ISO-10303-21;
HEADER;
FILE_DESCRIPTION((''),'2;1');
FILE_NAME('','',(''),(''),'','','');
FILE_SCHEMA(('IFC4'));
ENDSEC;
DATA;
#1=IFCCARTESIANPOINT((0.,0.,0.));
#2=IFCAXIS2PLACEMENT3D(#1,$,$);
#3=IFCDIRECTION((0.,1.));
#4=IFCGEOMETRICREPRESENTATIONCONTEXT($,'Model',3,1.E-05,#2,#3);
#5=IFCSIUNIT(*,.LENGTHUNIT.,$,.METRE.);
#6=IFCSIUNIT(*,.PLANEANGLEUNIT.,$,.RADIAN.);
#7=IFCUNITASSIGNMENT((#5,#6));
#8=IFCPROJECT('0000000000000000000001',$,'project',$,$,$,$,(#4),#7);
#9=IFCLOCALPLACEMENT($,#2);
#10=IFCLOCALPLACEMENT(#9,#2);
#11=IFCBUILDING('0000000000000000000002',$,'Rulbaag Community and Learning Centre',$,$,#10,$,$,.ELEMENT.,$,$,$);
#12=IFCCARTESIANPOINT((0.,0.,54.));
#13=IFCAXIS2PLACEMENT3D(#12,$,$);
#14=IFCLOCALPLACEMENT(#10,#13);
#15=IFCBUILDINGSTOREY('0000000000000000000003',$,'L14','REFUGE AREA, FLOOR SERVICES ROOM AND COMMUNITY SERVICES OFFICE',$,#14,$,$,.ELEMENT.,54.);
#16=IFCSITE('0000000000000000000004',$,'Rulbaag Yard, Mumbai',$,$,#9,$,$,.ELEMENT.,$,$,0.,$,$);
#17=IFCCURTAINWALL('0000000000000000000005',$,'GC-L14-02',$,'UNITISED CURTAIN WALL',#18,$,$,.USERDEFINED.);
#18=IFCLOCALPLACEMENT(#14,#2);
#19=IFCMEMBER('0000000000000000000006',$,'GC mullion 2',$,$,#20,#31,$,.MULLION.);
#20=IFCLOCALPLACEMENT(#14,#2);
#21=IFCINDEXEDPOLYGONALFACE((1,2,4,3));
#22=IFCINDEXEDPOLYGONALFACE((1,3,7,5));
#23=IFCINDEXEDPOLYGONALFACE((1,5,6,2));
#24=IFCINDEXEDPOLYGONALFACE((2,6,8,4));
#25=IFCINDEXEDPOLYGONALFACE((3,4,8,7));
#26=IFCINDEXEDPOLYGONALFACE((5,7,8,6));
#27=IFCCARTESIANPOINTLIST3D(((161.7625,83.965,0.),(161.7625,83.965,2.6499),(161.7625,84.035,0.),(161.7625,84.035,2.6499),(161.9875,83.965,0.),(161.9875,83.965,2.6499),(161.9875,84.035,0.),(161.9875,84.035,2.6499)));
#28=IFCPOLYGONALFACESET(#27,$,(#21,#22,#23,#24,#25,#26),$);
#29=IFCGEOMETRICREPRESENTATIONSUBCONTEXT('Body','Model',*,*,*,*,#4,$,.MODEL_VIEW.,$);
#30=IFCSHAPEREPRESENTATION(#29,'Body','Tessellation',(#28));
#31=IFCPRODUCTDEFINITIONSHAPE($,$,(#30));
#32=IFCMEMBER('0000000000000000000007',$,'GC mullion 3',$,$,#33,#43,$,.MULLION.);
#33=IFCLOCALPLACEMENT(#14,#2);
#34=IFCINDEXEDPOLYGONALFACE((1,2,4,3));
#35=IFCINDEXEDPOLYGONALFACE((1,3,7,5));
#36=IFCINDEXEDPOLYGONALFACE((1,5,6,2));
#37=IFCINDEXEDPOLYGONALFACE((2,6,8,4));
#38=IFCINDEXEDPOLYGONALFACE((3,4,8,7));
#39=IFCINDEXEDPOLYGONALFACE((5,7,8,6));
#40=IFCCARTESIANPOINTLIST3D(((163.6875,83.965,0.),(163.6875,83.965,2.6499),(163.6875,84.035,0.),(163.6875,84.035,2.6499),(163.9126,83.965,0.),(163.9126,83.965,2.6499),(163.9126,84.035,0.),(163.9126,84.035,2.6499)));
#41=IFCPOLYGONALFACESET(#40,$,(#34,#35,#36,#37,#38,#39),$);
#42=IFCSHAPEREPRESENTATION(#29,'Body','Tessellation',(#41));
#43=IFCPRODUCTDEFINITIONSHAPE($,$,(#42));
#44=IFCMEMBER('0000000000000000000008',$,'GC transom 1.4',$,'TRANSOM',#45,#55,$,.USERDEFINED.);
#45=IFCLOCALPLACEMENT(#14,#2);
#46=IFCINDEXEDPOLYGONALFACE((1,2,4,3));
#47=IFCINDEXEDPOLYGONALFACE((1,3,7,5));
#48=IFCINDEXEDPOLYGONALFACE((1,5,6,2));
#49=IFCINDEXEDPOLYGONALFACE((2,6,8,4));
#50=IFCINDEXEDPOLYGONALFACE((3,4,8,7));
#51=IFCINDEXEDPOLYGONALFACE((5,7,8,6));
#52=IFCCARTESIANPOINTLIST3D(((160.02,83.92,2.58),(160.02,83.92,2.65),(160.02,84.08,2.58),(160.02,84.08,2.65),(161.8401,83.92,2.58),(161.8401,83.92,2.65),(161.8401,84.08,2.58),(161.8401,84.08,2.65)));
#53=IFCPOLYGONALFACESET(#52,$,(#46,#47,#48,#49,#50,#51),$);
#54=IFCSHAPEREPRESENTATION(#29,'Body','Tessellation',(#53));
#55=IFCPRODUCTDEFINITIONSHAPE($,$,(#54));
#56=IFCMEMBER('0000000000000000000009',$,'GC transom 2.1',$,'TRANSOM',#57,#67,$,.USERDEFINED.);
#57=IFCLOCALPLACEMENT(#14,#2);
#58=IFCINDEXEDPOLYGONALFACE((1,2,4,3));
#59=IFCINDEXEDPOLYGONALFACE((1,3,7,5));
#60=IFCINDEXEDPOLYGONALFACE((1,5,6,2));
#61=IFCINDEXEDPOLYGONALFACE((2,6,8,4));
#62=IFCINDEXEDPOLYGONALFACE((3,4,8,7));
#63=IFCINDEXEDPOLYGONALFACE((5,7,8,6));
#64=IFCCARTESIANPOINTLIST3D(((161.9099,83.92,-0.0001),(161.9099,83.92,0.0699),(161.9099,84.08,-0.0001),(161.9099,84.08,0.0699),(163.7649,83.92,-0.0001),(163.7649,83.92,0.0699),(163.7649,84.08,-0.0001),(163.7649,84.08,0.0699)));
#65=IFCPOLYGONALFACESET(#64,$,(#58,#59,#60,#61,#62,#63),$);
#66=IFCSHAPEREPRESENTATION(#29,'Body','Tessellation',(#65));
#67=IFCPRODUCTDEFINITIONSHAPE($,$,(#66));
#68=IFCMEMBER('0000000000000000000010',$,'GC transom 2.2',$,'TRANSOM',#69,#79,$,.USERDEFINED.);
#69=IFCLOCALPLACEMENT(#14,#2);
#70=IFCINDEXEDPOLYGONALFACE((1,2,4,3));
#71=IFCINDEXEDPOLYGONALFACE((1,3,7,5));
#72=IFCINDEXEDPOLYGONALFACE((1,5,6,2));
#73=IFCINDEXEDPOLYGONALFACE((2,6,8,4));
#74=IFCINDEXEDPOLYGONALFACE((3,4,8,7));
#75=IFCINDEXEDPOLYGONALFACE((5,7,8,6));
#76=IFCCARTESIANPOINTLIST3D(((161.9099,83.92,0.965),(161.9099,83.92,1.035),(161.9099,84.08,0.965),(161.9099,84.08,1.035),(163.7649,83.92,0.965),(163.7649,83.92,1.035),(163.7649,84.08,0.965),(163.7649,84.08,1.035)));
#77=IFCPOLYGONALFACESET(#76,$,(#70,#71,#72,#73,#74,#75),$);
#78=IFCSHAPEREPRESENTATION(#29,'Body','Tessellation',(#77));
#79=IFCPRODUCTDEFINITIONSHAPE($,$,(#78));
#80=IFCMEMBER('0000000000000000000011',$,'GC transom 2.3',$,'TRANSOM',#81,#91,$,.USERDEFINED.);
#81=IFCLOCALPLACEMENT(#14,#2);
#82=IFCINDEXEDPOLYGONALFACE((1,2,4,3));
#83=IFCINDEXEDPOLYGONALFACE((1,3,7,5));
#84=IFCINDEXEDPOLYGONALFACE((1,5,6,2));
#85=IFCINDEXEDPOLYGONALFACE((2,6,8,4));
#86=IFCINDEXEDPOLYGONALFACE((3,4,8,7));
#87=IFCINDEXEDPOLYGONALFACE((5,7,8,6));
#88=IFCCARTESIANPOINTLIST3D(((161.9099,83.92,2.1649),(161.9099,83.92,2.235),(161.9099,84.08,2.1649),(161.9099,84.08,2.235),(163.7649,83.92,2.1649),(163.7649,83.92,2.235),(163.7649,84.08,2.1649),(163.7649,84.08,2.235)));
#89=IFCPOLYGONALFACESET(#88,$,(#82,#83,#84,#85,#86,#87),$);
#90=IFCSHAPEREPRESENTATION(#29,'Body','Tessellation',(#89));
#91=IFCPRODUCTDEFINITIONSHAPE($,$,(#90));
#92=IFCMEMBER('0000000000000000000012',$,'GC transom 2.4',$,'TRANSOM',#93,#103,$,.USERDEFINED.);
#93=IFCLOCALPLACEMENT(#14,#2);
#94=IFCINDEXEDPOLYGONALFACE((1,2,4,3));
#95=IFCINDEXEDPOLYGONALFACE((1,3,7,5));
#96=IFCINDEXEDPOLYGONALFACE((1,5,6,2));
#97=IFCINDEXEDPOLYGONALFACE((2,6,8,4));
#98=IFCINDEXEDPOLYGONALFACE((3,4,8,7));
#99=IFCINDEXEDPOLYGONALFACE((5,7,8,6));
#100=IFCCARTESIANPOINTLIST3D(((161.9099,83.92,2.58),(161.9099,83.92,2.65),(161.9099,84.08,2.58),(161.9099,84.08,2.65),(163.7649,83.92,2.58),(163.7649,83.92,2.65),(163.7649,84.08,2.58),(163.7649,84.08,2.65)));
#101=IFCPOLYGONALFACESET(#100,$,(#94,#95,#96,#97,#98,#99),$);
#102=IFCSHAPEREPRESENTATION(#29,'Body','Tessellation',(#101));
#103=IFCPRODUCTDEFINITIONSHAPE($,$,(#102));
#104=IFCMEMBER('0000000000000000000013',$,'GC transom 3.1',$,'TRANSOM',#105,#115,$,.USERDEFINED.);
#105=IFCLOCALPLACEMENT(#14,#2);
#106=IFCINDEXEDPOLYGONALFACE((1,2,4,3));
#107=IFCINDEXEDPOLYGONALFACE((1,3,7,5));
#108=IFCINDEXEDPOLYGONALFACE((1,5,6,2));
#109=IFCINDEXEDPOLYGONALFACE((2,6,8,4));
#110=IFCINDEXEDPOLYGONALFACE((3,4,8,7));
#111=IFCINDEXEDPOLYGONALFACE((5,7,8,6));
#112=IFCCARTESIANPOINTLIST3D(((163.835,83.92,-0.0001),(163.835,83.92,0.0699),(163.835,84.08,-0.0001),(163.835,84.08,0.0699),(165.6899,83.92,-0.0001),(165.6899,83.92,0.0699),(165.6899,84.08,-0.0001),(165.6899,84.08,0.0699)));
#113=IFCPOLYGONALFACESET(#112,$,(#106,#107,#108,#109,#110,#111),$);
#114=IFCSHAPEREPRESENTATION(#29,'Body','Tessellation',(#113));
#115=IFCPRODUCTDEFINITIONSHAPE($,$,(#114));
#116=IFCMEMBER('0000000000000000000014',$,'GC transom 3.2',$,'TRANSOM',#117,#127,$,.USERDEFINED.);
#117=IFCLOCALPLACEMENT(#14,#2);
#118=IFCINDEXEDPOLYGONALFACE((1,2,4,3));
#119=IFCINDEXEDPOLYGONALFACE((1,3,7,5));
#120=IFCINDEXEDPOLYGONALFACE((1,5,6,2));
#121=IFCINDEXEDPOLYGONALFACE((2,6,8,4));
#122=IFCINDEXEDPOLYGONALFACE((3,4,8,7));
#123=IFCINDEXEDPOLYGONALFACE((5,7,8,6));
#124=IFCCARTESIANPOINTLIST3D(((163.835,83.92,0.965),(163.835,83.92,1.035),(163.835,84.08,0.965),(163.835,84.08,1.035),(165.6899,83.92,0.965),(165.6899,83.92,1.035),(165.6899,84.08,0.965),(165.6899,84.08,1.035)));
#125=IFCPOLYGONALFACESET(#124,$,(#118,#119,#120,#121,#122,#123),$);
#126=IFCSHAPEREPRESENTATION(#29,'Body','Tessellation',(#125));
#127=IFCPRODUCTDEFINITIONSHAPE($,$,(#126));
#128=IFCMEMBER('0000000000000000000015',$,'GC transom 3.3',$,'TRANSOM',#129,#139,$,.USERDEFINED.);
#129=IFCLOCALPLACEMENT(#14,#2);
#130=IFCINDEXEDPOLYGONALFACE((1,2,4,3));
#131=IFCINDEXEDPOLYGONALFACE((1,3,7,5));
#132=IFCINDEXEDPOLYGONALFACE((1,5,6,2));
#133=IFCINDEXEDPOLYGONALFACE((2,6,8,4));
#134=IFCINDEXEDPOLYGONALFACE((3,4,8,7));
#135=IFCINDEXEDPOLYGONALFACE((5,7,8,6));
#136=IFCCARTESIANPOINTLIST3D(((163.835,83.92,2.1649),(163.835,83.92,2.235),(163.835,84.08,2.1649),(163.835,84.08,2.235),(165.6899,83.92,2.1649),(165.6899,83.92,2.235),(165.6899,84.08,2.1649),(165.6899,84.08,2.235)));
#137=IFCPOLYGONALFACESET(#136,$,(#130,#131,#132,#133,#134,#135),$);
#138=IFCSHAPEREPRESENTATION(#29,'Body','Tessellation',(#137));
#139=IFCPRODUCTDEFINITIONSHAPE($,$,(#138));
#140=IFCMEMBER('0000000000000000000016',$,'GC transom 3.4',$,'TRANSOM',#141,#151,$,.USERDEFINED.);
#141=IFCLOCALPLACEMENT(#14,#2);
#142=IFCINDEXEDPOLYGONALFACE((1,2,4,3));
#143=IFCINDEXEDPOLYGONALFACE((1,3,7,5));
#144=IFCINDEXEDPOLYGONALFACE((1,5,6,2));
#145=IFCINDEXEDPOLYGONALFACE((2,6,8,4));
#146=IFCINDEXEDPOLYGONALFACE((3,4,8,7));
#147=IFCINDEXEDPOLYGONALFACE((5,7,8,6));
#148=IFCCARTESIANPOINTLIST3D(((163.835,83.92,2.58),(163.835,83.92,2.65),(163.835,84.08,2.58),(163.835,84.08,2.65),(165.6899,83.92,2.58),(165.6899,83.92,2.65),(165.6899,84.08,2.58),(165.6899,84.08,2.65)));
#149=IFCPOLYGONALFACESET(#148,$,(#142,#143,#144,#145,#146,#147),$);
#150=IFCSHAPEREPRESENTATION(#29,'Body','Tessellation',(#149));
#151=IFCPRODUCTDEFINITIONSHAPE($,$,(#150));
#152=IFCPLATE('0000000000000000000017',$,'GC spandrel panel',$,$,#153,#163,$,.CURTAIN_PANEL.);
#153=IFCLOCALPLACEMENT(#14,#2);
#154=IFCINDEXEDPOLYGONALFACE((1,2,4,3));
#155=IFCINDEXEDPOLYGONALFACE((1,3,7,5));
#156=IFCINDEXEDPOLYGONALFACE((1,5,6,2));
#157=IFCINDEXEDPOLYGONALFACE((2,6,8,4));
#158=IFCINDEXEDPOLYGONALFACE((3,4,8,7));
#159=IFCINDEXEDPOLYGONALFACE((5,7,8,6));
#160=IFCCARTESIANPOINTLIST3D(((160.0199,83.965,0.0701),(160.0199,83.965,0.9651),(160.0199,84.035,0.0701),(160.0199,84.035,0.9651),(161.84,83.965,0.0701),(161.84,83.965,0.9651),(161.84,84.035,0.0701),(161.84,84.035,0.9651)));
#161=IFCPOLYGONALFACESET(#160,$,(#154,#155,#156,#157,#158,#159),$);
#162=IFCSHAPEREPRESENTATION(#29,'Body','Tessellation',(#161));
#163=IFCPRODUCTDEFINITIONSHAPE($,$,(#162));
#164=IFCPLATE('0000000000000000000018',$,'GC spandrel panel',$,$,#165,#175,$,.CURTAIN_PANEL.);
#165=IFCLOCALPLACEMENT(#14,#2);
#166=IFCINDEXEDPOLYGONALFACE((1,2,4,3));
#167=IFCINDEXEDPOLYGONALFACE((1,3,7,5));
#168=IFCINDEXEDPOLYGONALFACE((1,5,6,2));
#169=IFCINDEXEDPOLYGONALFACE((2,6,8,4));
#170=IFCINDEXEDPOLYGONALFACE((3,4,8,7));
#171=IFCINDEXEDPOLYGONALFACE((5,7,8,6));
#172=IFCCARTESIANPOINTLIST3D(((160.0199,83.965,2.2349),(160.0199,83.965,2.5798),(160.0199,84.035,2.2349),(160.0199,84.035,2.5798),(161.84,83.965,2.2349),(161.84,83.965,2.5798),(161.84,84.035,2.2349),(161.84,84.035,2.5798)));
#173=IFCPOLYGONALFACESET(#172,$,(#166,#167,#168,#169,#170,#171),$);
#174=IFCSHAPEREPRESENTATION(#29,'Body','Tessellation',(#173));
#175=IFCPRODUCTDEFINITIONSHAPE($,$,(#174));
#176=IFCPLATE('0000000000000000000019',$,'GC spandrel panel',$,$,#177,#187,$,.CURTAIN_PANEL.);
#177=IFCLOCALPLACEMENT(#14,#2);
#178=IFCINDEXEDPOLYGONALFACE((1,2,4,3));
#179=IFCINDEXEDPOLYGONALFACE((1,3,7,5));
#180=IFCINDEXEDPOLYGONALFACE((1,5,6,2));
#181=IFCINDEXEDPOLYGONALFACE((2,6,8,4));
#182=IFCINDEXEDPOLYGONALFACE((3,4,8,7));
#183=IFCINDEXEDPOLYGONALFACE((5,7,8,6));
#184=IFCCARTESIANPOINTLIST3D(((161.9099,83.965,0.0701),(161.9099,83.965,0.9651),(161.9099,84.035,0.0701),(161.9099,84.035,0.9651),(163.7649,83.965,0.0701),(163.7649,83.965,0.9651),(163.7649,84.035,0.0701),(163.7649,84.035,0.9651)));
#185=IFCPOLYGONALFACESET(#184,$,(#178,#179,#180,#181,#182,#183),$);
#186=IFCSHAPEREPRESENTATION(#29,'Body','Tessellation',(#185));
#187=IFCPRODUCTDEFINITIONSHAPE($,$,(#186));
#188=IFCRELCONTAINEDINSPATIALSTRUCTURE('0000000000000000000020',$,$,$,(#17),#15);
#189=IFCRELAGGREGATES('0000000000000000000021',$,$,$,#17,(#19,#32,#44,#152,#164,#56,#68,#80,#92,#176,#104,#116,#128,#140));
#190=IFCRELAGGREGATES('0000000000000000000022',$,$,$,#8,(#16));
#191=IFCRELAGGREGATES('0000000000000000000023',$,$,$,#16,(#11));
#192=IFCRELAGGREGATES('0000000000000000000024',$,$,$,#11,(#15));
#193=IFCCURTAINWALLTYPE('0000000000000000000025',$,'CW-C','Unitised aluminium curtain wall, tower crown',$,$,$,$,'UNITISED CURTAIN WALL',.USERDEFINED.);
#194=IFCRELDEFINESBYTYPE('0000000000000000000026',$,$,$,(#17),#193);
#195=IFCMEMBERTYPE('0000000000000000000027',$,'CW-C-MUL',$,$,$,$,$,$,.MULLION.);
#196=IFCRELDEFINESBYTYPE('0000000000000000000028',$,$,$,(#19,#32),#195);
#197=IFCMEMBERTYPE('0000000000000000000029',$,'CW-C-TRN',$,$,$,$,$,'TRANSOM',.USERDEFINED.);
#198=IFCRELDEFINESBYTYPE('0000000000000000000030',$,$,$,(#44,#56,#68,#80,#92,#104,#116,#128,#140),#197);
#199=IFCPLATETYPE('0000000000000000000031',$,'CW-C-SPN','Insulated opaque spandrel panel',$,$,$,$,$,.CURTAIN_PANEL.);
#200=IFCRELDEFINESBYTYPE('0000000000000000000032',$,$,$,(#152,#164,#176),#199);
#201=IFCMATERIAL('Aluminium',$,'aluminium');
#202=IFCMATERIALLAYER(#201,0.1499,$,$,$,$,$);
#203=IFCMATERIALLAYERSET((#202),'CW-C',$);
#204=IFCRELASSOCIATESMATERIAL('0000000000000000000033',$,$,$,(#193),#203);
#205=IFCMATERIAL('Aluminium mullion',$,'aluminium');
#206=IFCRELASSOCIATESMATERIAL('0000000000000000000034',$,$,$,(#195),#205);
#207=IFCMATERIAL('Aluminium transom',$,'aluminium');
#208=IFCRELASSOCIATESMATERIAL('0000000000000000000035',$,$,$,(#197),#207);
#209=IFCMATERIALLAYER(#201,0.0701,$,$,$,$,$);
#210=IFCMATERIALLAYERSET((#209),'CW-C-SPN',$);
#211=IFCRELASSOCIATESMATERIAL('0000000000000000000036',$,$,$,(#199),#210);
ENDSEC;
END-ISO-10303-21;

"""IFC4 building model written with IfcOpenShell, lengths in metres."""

from ifc_helpers import new_model, si_unit, direction, frame, origin, origin_2d, place, context, subcontext, project, spatial, rectangle, extrude, material, layer, layer_set, material_profile, profile_set, type_object, element, aggregate, save


model = new_model("IFC4")

# Units and contexts
model_context = context("Model", 3, precision=1e-05, world=origin(), true_north=direction((0.0, 1.0)))
body_context = subcontext(model_context, "Body", "Model", "MODEL_VIEW")
ifc_project = project(units=[si_unit("LENGTHUNIT", "METRE"), si_unit("PLANEANGLEUNIT", "RADIAN")], contexts=[model_context])

# Site, building, storey
site_placement = place(None, origin())
site = spatial("IfcSite", under=ifc_project, at=site_placement, Name="Rulbaag Yard, Mumbai", CompositionType="ELEMENT", RefElevation=0.0)
building_placement = place(site_placement, origin())
building = spatial("IfcBuilding", under=site, at=building_placement, Name="Rulbaag Community and Learning Centre", CompositionType="ELEMENT")
storey_placement = place(building_placement, frame((0.0, 0.0, 54.0)))
storey = spatial("IfcBuildingStorey", under=building, at=storey_placement, Name="L14", Description="REFUGE AREA, FLOOR SERVICES ROOM AND COMMUNITY SERVICES OFFICE", CompositionType="ELEMENT", Elevation=54.0)

# Curtain wall, members, plates
ifc_material_1 = material(Name="Aluminium", Category="aluminium")
ifc_layer_1 = layer(ifc_material_1, 0.1499)
ifc_layer_set_1 = layer_set([ifc_layer_1], Name="CW-C")
curtain_wall_type = type_object("IfcCurtainWallType", Name="CW-C", Description="Unitised aluminium curtain wall, tower crown", ElementType="UNITISED CURTAIN WALL", PredefinedType="USERDEFINED", material=ifc_layer_set_1)
curtain_wall_placement = place(storey_placement, origin())
curtain_wall = element("IfcCurtainWall", 1, at=curtain_wall_placement, inside=storey, type_object=curtain_wall_type, Name="GC-L14-02", ObjectType="UNITISED CURTAIN WALL", PredefinedType="USERDEFINED")
ifc_material_2 = material(Name="Aluminium mullion", Category="aluminium")
ifc_material_profile_1 = material_profile(ifc_material_2, rectangle(XDim=0.0701, YDim=0.2251, at=origin_2d()), Name="AL 70x225")
ifc_profile_set_1 = profile_set([ifc_material_profile_1], Name="Aluminium mullion")
member_type_1 = type_object("IfcMemberType", Name="CW-C-MUL", PredefinedType="MULLION", material=ifc_profile_set_1)
member_1_placement = place(storey_placement, frame((161.875, 84.0, 0.0), z_axis=(0.0, 0.0, 1.0), x_axis=(0.0, 1.0, 0.0)))
member_1 = element("IfcMember", 2, at=member_1_placement, type_object=member_type_1, Name="GC mullion 2", PredefinedType="MULLION", context=body_context, shape_type="SweptSolid", body=[
    extrude(rectangle(XDim=0.0701, YDim=0.2251, at=origin_2d()), origin(), (0.0, 0.0, 1.0), 2.6499),
])
member_2_placement = place(storey_placement, frame((163.8, 84.0, 0.0), z_axis=(0.0, 0.0, 1.0), x_axis=(0.0, 1.0, 0.0)))
member_2 = element("IfcMember", 3, at=member_2_placement, type_object=member_type_1, Name="GC mullion 3", PredefinedType="MULLION", context=body_context, shape_type="SweptSolid", body=[
    extrude(rectangle(XDim=0.0701, YDim=0.2251, at=origin_2d()), origin(), (0.0, 0.0, 1.0), 2.6499),
])
ifc_material_3 = material(Name="Aluminium transom", Category="aluminium")
ifc_material_profile_2 = material_profile(ifc_material_3, rectangle(XDim=0.1599, YDim=0.0701, at=origin_2d()), Name="AL 70x160 T")
ifc_profile_set_2 = profile_set([ifc_material_profile_2], Name="Aluminium transom")
member_type_2 = type_object("IfcMemberType", Name="CW-C-TRN", ElementType="TRANSOM", PredefinedType="USERDEFINED", material=ifc_profile_set_2)
member_3_placement = place(storey_placement, frame((160.02, 84.0, 2.615), z_axis=(1.0, 0.0, 0.0), x_axis=(0.0, 1.0, 0.0)))
member_3 = element("IfcMember", 4, at=member_3_placement, type_object=member_type_2, Name="GC transom 1.4", ObjectType="TRANSOM", PredefinedType="USERDEFINED", context=body_context, shape_type="SweptSolid", body=[
    extrude(rectangle(XDim=0.1599, YDim=0.0701, at=origin_2d()), origin(), (0.0, 0.0, 1.0), 1.8201),
])
member_4_placement = place(storey_placement, frame((161.9099, 84.0, 0.0349), z_axis=(1.0, 0.0, 0.0), x_axis=(0.0, 1.0, 0.0)))
member_4 = element("IfcMember", 5, at=member_4_placement, type_object=member_type_2, Name="GC transom 2.1", ObjectType="TRANSOM", PredefinedType="USERDEFINED", context=body_context, shape_type="SweptSolid", body=[
    extrude(rectangle(XDim=0.1599, YDim=0.0701, at=origin_2d()), origin(), (0.0, 0.0, 1.0), 1.855),
])
member_5_placement = place(storey_placement, frame((161.9099, 84.0, 1.0), z_axis=(1.0, 0.0, 0.0), x_axis=(0.0, 1.0, 0.0)))
member_5 = element("IfcMember", 6, at=member_5_placement, type_object=member_type_2, Name="GC transom 2.2", ObjectType="TRANSOM", PredefinedType="USERDEFINED", context=body_context, shape_type="SweptSolid", body=[
    extrude(rectangle(XDim=0.1599, YDim=0.0701, at=origin_2d()), origin(), (0.0, 0.0, 1.0), 1.855),
])
member_6_placement = place(storey_placement, frame((161.9099, 84.0, 2.2), z_axis=(1.0, 0.0, 0.0), x_axis=(0.0, 1.0, 0.0)))
member_6 = element("IfcMember", 7, at=member_6_placement, type_object=member_type_2, Name="GC transom 2.3", ObjectType="TRANSOM", PredefinedType="USERDEFINED", context=body_context, shape_type="SweptSolid", body=[
    extrude(rectangle(XDim=0.1599, YDim=0.0701, at=origin_2d()), origin(), (0.0, 0.0, 1.0), 1.855),
])
member_7_placement = place(storey_placement, frame((161.9099, 84.0, 2.615), z_axis=(1.0, 0.0, 0.0), x_axis=(0.0, 1.0, 0.0)))
member_7 = element("IfcMember", 8, at=member_7_placement, type_object=member_type_2, Name="GC transom 2.4", ObjectType="TRANSOM", PredefinedType="USERDEFINED", context=body_context, shape_type="SweptSolid", body=[
    extrude(rectangle(XDim=0.1599, YDim=0.0701, at=origin_2d()), origin(), (0.0, 0.0, 1.0), 1.855),
])
member_8_placement = place(storey_placement, frame((163.835, 84.0, 0.0349), z_axis=(1.0, 0.0, 0.0), x_axis=(0.0, 1.0, 0.0)))
member_8 = element("IfcMember", 9, at=member_8_placement, type_object=member_type_2, Name="GC transom 3.1", ObjectType="TRANSOM", PredefinedType="USERDEFINED", context=body_context, shape_type="SweptSolid", body=[
    extrude(rectangle(XDim=0.1599, YDim=0.0701, at=origin_2d()), origin(), (0.0, 0.0, 1.0), 1.855),
])
member_9_placement = place(storey_placement, frame((163.835, 84.0, 1.0), z_axis=(1.0, 0.0, 0.0), x_axis=(0.0, 1.0, 0.0)))
member_9 = element("IfcMember", 10, at=member_9_placement, type_object=member_type_2, Name="GC transom 3.2", ObjectType="TRANSOM", PredefinedType="USERDEFINED", context=body_context, shape_type="SweptSolid", body=[
    extrude(rectangle(XDim=0.1599, YDim=0.0701, at=origin_2d()), origin(), (0.0, 0.0, 1.0), 1.855),
])
member_10_placement = place(storey_placement, frame((163.835, 84.0, 2.2), z_axis=(1.0, 0.0, 0.0), x_axis=(0.0, 1.0, 0.0)))
member_10 = element("IfcMember", 11, at=member_10_placement, type_object=member_type_2, Name="GC transom 3.3", ObjectType="TRANSOM", PredefinedType="USERDEFINED", context=body_context, shape_type="SweptSolid", body=[
    extrude(rectangle(XDim=0.1599, YDim=0.0701, at=origin_2d()), origin(), (0.0, 0.0, 1.0), 1.855),
])
member_11_placement = place(storey_placement, frame((163.835, 84.0, 2.615), z_axis=(1.0, 0.0, 0.0), x_axis=(0.0, 1.0, 0.0)))
member_11 = element("IfcMember", 12, at=member_11_placement, type_object=member_type_2, Name="GC transom 3.4", ObjectType="TRANSOM", PredefinedType="USERDEFINED", context=body_context, shape_type="SweptSolid", body=[
    extrude(rectangle(XDim=0.1599, YDim=0.0701, at=origin_2d()), origin(), (0.0, 0.0, 1.0), 1.855),
])
ifc_layer_2 = layer(ifc_material_1, 0.0701)
ifc_layer_set_2 = layer_set([ifc_layer_2], Name="CW-C-SPN")
plate_type_1 = type_object("IfcPlateType", Name="CW-C-SPN", Description="Insulated opaque spandrel panel", PredefinedType="CURTAIN_PANEL", material=ifc_layer_set_2)
plate_1_placement = place(storey_placement, frame((160.9299, 84.0, 0.0701), z_axis=(0.0, 0.0, 1.0), x_axis=(1.0, 0.0, 0.0)))
plate_1 = element("IfcPlate", 13, at=plate_1_placement, type_object=plate_type_1, Name="GC spandrel panel", PredefinedType="CURTAIN_PANEL", context=body_context, shape_type="SweptSolid", body=[
    extrude(rectangle(XDim=1.8201, YDim=0.0701, at=origin_2d()), origin(), (0.0, 0.0, 1.0), 0.895),
])
plate_2_placement = place(storey_placement, frame((160.9299, 84.0, 2.2349), z_axis=(0.0, 0.0, 1.0), x_axis=(1.0, 0.0, 0.0)))
plate_2 = element("IfcPlate", 14, at=plate_2_placement, type_object=plate_type_1, Name="GC spandrel panel", PredefinedType="CURTAIN_PANEL", context=body_context, shape_type="SweptSolid", body=[
    extrude(rectangle(XDim=1.8201, YDim=0.0701, at=origin_2d()), origin(), (0.0, 0.0, 1.0), 0.345),
])
plate_3_placement = place(storey_placement, frame((162.8374, 84.0, 0.0701), z_axis=(0.0, 0.0, 1.0), x_axis=(1.0, 0.0, 0.0)))
plate_3 = element("IfcPlate", 15, at=plate_3_placement, type_object=plate_type_1, Name="GC spandrel panel", PredefinedType="CURTAIN_PANEL", context=body_context, shape_type="SweptSolid", body=[
    extrude(rectangle(XDim=1.855, YDim=0.0701, at=origin_2d()), origin(), (0.0, 0.0, 1.0), 0.895),
])
aggregate(curtain_wall, [member_1, member_2, member_3, plate_1, plate_2, member_4, member_5, member_6, member_7, plate_3, member_8, member_9, member_10, member_11])

save(model, "model.ifc")
